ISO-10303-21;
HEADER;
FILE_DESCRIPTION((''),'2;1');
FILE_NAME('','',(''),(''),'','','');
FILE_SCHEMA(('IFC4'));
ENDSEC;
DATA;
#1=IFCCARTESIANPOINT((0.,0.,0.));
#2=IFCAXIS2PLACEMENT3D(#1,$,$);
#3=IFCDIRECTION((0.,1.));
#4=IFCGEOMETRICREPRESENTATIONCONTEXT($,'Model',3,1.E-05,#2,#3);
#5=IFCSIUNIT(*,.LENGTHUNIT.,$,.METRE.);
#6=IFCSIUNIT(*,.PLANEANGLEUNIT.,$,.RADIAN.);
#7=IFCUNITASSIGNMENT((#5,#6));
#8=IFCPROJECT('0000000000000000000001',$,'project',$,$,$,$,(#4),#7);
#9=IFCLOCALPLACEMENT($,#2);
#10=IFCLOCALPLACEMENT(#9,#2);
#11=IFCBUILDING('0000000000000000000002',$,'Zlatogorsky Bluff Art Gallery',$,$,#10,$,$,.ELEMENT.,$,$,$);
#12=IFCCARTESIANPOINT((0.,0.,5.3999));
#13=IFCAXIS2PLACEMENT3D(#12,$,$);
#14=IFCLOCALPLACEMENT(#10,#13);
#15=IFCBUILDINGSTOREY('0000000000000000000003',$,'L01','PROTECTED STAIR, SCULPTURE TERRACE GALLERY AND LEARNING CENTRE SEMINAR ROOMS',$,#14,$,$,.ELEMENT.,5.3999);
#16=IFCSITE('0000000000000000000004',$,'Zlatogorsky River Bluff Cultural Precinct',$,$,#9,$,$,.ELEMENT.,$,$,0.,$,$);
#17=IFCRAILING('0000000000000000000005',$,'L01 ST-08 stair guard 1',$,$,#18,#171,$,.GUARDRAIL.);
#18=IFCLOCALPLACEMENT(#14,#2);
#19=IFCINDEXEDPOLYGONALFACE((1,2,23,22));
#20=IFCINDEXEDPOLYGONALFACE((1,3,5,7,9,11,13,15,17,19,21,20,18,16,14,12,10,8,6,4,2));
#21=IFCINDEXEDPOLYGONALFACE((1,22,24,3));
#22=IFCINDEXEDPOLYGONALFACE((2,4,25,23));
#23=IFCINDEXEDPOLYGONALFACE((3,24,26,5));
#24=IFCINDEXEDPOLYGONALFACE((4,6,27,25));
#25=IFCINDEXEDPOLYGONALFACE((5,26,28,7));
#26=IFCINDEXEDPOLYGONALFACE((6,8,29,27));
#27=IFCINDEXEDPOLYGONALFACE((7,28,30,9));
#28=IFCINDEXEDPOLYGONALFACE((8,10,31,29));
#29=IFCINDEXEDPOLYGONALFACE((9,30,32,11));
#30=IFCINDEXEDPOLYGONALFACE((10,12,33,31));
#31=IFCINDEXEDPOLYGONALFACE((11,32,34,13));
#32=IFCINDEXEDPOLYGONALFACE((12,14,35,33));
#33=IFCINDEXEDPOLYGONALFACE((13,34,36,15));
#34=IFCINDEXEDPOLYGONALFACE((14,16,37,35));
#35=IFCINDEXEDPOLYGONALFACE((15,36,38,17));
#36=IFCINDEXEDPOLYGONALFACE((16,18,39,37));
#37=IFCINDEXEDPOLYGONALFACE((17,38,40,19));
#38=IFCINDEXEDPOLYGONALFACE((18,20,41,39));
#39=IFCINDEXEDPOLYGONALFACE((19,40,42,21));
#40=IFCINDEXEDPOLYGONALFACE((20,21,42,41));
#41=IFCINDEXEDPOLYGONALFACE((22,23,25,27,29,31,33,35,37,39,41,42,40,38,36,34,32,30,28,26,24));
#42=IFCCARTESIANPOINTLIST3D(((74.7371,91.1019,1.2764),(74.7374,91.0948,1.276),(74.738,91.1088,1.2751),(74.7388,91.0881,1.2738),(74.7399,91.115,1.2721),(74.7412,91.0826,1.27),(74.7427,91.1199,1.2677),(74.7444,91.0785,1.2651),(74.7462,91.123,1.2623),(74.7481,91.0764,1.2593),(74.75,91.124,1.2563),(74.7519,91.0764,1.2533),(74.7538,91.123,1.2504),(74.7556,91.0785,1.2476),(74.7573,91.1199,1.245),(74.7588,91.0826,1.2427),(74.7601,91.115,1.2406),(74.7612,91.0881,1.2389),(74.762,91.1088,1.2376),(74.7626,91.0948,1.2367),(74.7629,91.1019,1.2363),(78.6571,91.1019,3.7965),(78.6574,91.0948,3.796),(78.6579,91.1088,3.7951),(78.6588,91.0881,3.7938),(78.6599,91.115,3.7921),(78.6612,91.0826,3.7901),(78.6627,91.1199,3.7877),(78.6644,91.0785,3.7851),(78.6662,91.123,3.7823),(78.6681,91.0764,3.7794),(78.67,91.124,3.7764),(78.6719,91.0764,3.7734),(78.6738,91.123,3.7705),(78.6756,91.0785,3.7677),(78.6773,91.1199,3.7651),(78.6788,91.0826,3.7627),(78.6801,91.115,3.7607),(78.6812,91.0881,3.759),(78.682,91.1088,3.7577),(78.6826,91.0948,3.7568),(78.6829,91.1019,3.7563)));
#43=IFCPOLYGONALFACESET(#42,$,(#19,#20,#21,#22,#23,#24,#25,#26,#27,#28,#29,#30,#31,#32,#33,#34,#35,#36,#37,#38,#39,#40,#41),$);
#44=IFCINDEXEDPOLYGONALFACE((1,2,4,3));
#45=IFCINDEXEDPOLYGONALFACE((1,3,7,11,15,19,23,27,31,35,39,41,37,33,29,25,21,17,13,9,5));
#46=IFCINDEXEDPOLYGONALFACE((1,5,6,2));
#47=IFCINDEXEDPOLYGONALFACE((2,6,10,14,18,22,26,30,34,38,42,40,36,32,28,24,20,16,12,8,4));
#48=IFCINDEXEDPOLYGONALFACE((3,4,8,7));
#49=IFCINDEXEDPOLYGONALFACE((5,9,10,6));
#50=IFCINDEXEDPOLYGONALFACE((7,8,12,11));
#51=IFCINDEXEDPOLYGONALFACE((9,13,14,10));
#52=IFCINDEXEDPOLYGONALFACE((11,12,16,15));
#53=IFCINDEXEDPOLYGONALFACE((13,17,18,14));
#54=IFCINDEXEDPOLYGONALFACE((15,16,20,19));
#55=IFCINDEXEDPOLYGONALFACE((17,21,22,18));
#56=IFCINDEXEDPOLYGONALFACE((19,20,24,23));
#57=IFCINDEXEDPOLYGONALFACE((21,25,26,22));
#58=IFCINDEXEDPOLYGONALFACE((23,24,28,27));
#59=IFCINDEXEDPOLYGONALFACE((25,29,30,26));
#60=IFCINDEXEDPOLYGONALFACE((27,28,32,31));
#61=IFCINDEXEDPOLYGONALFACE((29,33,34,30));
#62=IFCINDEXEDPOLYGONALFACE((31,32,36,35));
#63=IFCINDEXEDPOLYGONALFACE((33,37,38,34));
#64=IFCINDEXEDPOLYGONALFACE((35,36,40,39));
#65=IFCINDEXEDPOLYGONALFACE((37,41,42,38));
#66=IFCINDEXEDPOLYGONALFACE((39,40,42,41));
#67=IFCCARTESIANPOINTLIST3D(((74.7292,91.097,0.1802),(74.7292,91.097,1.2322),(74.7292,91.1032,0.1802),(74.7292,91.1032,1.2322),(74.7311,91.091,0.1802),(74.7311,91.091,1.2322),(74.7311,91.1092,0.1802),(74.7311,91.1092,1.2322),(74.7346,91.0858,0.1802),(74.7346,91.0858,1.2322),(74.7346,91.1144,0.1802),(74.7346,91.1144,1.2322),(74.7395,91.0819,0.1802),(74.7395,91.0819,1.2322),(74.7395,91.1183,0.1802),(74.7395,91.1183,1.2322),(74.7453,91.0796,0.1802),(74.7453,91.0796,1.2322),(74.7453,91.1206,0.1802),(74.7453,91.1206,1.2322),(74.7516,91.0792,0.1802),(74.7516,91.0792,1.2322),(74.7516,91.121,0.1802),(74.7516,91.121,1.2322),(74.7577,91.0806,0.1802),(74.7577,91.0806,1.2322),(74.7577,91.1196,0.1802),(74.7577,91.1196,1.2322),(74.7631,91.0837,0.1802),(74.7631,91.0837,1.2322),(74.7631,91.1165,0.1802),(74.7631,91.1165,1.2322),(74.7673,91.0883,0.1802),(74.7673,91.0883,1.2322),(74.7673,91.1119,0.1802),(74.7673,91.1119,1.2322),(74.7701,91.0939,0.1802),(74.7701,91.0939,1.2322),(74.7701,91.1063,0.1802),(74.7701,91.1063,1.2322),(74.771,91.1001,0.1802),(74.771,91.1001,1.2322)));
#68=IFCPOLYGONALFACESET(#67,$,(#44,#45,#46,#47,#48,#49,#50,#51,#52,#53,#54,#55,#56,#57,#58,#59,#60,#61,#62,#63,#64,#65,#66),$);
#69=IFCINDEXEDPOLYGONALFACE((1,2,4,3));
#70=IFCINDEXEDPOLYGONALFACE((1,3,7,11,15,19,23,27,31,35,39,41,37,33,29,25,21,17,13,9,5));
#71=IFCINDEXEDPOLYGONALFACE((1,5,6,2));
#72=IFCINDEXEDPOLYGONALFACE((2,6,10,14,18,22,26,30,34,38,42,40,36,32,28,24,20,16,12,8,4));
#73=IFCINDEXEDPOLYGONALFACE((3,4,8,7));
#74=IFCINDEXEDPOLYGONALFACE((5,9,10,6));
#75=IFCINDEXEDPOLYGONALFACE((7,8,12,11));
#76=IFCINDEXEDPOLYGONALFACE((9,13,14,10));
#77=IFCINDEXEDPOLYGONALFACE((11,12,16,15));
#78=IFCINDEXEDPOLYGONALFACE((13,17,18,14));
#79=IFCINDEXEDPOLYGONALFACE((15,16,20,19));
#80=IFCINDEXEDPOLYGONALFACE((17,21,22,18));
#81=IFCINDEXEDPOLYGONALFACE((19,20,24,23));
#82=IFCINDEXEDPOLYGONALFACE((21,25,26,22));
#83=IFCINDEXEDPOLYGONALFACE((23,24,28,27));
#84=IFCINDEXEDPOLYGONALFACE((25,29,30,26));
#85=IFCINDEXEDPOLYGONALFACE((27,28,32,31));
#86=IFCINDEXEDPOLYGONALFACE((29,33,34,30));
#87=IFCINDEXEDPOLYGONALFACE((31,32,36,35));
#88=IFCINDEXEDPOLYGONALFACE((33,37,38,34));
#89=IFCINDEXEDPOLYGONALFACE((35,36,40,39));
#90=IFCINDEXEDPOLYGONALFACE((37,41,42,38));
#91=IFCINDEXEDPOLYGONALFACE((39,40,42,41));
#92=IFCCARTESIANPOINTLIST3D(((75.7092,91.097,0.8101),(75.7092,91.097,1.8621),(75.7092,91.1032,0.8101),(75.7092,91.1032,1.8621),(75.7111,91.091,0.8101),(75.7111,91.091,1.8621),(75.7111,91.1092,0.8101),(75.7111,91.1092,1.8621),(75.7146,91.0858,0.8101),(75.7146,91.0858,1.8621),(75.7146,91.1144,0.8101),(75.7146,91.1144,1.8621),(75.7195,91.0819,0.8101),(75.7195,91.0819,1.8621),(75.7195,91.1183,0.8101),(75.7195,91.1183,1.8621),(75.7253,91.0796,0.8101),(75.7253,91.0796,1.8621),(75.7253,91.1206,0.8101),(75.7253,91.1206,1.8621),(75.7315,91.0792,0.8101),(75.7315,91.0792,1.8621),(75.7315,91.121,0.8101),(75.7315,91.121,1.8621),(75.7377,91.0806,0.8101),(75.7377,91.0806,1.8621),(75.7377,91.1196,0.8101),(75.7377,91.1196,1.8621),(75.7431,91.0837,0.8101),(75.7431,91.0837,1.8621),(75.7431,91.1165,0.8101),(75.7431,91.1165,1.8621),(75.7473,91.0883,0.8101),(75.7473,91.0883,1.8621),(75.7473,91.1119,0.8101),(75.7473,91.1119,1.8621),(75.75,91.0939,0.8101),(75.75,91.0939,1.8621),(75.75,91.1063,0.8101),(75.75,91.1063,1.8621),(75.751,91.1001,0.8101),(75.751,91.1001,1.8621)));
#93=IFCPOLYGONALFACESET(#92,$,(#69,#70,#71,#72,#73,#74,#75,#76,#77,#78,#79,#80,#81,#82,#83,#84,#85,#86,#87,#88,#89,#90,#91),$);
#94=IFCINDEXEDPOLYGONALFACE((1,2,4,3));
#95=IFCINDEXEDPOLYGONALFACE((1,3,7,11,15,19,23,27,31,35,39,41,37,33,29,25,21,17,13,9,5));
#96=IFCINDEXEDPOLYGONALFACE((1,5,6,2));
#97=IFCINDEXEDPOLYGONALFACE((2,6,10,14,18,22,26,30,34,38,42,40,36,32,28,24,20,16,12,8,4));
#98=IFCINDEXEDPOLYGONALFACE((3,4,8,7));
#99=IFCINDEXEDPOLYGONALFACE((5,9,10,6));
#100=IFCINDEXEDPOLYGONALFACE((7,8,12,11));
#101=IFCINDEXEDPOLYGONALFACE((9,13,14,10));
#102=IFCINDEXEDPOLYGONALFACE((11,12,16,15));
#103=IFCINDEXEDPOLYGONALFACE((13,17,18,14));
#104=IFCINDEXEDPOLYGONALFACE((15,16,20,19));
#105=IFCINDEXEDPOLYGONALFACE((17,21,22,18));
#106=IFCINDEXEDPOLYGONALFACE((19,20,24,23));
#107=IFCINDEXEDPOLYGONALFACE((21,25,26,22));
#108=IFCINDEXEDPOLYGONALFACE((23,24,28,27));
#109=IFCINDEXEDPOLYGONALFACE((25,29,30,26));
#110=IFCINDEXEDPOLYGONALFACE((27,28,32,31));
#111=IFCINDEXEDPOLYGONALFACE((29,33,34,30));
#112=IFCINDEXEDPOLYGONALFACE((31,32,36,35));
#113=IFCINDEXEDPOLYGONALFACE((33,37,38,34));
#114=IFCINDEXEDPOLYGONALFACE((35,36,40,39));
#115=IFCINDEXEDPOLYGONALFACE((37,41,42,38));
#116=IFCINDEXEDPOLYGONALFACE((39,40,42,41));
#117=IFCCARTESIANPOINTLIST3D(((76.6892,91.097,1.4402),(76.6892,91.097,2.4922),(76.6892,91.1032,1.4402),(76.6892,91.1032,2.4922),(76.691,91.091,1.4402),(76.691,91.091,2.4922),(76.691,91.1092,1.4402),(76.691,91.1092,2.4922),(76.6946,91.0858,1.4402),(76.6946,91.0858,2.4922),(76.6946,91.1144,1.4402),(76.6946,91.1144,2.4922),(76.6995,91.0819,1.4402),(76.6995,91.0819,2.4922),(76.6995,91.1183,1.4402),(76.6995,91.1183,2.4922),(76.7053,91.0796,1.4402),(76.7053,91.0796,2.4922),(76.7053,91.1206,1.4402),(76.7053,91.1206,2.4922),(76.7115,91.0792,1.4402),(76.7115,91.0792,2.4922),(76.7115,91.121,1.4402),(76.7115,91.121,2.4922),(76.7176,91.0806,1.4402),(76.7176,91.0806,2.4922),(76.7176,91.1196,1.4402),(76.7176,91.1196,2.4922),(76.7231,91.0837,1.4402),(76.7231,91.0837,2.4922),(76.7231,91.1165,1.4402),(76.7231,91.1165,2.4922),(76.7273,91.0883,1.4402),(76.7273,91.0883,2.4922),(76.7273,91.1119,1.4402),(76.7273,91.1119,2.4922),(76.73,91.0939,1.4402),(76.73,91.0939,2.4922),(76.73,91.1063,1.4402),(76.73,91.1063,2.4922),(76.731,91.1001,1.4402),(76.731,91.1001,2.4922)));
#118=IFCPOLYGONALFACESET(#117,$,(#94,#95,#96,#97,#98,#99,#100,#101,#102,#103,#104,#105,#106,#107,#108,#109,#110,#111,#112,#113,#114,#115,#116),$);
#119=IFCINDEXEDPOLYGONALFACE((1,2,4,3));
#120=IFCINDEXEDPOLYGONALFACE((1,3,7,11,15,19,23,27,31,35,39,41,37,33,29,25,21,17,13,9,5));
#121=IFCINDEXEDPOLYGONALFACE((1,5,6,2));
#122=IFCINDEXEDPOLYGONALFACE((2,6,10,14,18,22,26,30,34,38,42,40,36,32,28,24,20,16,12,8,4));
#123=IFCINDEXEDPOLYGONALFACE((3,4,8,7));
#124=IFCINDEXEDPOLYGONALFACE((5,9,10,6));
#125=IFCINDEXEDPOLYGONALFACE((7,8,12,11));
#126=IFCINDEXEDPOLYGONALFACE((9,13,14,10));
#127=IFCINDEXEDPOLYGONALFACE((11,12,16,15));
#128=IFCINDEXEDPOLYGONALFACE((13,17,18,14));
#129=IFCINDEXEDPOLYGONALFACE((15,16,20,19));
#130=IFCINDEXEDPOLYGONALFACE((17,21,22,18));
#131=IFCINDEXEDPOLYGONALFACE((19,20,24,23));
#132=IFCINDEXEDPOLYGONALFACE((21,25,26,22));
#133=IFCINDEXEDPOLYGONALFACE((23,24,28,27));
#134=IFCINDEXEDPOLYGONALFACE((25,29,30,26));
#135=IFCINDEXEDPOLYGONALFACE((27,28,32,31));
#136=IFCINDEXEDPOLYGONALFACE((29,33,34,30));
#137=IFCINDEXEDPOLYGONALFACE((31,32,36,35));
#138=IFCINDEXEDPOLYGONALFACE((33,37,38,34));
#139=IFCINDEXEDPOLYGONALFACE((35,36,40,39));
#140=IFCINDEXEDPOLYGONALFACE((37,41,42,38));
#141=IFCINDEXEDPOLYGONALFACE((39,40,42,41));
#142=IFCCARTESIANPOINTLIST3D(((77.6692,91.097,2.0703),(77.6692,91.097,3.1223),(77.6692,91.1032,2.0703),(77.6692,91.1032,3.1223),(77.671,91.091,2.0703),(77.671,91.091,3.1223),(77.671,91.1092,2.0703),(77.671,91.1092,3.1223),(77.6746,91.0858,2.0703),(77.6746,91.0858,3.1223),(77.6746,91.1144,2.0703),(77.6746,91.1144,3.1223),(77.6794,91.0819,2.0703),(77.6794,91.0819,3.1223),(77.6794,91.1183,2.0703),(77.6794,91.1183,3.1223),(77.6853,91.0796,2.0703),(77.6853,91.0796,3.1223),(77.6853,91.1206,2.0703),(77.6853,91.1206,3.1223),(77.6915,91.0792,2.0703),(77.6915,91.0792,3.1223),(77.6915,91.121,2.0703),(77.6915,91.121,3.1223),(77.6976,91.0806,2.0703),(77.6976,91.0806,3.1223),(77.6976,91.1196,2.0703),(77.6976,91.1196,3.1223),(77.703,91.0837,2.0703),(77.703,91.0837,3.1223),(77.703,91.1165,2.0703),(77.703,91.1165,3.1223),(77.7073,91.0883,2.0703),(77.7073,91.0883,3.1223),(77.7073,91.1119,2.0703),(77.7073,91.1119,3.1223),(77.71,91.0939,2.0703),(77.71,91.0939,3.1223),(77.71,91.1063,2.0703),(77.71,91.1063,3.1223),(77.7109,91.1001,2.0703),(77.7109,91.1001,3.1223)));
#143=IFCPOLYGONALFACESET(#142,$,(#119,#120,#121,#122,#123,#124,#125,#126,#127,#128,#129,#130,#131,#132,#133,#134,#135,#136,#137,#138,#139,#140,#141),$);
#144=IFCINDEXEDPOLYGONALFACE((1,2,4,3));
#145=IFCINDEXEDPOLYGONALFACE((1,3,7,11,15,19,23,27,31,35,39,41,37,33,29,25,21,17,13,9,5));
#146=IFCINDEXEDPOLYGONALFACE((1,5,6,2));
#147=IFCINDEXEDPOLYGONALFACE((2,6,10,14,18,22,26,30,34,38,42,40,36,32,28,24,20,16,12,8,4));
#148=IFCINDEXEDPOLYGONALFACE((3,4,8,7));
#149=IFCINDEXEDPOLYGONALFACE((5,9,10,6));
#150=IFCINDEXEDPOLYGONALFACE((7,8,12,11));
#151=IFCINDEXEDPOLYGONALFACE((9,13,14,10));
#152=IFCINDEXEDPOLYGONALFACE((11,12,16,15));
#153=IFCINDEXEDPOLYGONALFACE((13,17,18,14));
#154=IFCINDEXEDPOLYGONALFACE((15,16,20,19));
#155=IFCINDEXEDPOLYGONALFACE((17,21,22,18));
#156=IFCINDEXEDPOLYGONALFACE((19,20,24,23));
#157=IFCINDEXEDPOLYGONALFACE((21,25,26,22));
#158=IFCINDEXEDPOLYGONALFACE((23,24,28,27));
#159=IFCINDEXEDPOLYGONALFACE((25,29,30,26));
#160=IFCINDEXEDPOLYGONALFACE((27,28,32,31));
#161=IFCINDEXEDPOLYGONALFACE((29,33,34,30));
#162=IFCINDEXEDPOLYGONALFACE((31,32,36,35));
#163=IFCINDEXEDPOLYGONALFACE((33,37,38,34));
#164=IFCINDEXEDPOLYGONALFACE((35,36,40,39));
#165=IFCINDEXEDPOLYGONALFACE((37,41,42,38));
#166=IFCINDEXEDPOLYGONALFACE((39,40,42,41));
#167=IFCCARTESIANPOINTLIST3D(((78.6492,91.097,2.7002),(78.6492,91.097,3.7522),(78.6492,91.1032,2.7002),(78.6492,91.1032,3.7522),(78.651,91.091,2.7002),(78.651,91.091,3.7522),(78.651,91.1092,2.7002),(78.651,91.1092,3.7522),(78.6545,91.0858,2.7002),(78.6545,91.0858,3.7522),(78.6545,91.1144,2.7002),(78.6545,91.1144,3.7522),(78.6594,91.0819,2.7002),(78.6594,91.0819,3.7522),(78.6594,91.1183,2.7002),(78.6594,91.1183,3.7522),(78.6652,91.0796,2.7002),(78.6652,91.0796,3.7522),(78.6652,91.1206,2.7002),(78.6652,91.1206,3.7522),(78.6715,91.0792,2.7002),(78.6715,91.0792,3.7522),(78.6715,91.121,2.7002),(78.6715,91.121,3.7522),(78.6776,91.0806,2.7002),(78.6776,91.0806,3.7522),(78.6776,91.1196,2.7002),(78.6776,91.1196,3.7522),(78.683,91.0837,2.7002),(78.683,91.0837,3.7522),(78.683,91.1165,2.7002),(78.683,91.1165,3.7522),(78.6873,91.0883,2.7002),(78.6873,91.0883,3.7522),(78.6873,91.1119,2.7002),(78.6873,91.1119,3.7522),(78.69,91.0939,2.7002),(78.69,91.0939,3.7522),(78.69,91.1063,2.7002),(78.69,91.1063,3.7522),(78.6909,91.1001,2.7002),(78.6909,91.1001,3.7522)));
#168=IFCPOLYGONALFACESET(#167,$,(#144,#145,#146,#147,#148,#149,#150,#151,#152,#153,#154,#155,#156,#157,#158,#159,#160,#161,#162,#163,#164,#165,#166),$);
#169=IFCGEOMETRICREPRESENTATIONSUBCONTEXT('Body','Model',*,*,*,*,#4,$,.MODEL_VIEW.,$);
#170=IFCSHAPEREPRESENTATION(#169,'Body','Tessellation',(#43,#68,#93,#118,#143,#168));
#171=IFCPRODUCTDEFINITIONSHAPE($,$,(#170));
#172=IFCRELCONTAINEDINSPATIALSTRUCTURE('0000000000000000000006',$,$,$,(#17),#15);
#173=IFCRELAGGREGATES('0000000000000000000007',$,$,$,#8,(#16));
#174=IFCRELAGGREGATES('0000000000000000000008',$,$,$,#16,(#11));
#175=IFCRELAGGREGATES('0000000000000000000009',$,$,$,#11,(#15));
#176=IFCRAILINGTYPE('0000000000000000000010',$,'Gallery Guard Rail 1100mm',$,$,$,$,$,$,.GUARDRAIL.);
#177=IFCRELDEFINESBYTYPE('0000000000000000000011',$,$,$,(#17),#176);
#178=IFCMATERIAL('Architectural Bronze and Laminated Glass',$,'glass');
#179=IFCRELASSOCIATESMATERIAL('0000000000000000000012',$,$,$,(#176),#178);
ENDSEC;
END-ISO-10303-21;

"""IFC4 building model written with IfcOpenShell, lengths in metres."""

from ifc_helpers import new_model, si_unit, direction, frame, origin, origin_2d, place, context, subcontext, project, spatial, circle, extrude, material, type_object, element, save


model = new_model("IFC4")

# Units and contexts
model_context = context("Model", 3, precision=1e-05, world=origin(), true_north=direction((0.0, 1.0)))
body_context = subcontext(model_context, "Body", "Model", "MODEL_VIEW")
ifc_project = project(units=[si_unit("LENGTHUNIT", "METRE"), si_unit("PLANEANGLEUNIT", "RADIAN")], contexts=[model_context])

# Site, building, storey
site_placement = place(None, origin())
site = spatial("IfcSite", under=ifc_project, at=site_placement, Name="Zlatogorsky River Bluff Cultural Precinct", CompositionType="ELEMENT", RefElevation=0.0)
building_placement = place(site_placement, origin())
building = spatial("IfcBuilding", under=site, at=building_placement, Name="Zlatogorsky Bluff Art Gallery", CompositionType="ELEMENT")
storey_placement = place(building_placement, frame((0.0, 0.0, 5.3999)))
storey = spatial("IfcBuildingStorey", under=building, at=storey_placement, Name="L01", Description="PROTECTED STAIR, SCULPTURE TERRACE GALLERY AND LEARNING CENTRE SEMINAR ROOMS", CompositionType="ELEMENT", Elevation=5.3999)

# Railing
ifc_material_1 = material(Name="Architectural Bronze and Laminated Glass", Category="glass")
railing_type_1 = type_object("IfcRailingType", Name="Gallery Guard Rail 1100mm", PredefinedType="GUARDRAIL", material=ifc_material_1)
railing_1_placement = place(storey_placement, frame((74.75, 91.1001, 0.1802)))
element("IfcRailing", 1, at=railing_1_placement, inside=storey, type_object=railing_type_1, Name="L01 ST-08 stair guard 1", PredefinedType="GUARDRAIL", context=body_context, shape_type="SweptSolid", body=[
    extrude(circle(Radius=0.0239, at=origin_2d()), frame((0.0, 0.0, 1.0762), z_axis=(0.841172, 0.0, 0.540768), x_axis=(0.0, 1.0, 0.0)), (0.0, 0.0, 1.0), 4.6602),
    extrude(circle(Radius=0.021, at=origin_2d()), origin(), (0.0, 0.0, 1.0), 1.052),
    extrude(circle(Radius=0.021, at=origin_2d()), frame((0.98, 0.0, 0.6299)), (0.0, 0.0, 1.0), 1.052),
    extrude(circle(Radius=0.021, at=origin_2d()), frame((1.96, 0.0, 1.26)), (0.0, 0.0, 1.0), 1.052),
    extrude(circle(Radius=0.021, at=origin_2d()), frame((2.9399, 0.0, 1.8901)), (0.0, 0.0, 1.0), 1.052),
    extrude(circle(Radius=0.021, at=origin_2d()), frame((3.9199, 0.0, 2.52)), (0.0, 0.0, 1.0), 1.052),
])

save(model, "model.ifc")
